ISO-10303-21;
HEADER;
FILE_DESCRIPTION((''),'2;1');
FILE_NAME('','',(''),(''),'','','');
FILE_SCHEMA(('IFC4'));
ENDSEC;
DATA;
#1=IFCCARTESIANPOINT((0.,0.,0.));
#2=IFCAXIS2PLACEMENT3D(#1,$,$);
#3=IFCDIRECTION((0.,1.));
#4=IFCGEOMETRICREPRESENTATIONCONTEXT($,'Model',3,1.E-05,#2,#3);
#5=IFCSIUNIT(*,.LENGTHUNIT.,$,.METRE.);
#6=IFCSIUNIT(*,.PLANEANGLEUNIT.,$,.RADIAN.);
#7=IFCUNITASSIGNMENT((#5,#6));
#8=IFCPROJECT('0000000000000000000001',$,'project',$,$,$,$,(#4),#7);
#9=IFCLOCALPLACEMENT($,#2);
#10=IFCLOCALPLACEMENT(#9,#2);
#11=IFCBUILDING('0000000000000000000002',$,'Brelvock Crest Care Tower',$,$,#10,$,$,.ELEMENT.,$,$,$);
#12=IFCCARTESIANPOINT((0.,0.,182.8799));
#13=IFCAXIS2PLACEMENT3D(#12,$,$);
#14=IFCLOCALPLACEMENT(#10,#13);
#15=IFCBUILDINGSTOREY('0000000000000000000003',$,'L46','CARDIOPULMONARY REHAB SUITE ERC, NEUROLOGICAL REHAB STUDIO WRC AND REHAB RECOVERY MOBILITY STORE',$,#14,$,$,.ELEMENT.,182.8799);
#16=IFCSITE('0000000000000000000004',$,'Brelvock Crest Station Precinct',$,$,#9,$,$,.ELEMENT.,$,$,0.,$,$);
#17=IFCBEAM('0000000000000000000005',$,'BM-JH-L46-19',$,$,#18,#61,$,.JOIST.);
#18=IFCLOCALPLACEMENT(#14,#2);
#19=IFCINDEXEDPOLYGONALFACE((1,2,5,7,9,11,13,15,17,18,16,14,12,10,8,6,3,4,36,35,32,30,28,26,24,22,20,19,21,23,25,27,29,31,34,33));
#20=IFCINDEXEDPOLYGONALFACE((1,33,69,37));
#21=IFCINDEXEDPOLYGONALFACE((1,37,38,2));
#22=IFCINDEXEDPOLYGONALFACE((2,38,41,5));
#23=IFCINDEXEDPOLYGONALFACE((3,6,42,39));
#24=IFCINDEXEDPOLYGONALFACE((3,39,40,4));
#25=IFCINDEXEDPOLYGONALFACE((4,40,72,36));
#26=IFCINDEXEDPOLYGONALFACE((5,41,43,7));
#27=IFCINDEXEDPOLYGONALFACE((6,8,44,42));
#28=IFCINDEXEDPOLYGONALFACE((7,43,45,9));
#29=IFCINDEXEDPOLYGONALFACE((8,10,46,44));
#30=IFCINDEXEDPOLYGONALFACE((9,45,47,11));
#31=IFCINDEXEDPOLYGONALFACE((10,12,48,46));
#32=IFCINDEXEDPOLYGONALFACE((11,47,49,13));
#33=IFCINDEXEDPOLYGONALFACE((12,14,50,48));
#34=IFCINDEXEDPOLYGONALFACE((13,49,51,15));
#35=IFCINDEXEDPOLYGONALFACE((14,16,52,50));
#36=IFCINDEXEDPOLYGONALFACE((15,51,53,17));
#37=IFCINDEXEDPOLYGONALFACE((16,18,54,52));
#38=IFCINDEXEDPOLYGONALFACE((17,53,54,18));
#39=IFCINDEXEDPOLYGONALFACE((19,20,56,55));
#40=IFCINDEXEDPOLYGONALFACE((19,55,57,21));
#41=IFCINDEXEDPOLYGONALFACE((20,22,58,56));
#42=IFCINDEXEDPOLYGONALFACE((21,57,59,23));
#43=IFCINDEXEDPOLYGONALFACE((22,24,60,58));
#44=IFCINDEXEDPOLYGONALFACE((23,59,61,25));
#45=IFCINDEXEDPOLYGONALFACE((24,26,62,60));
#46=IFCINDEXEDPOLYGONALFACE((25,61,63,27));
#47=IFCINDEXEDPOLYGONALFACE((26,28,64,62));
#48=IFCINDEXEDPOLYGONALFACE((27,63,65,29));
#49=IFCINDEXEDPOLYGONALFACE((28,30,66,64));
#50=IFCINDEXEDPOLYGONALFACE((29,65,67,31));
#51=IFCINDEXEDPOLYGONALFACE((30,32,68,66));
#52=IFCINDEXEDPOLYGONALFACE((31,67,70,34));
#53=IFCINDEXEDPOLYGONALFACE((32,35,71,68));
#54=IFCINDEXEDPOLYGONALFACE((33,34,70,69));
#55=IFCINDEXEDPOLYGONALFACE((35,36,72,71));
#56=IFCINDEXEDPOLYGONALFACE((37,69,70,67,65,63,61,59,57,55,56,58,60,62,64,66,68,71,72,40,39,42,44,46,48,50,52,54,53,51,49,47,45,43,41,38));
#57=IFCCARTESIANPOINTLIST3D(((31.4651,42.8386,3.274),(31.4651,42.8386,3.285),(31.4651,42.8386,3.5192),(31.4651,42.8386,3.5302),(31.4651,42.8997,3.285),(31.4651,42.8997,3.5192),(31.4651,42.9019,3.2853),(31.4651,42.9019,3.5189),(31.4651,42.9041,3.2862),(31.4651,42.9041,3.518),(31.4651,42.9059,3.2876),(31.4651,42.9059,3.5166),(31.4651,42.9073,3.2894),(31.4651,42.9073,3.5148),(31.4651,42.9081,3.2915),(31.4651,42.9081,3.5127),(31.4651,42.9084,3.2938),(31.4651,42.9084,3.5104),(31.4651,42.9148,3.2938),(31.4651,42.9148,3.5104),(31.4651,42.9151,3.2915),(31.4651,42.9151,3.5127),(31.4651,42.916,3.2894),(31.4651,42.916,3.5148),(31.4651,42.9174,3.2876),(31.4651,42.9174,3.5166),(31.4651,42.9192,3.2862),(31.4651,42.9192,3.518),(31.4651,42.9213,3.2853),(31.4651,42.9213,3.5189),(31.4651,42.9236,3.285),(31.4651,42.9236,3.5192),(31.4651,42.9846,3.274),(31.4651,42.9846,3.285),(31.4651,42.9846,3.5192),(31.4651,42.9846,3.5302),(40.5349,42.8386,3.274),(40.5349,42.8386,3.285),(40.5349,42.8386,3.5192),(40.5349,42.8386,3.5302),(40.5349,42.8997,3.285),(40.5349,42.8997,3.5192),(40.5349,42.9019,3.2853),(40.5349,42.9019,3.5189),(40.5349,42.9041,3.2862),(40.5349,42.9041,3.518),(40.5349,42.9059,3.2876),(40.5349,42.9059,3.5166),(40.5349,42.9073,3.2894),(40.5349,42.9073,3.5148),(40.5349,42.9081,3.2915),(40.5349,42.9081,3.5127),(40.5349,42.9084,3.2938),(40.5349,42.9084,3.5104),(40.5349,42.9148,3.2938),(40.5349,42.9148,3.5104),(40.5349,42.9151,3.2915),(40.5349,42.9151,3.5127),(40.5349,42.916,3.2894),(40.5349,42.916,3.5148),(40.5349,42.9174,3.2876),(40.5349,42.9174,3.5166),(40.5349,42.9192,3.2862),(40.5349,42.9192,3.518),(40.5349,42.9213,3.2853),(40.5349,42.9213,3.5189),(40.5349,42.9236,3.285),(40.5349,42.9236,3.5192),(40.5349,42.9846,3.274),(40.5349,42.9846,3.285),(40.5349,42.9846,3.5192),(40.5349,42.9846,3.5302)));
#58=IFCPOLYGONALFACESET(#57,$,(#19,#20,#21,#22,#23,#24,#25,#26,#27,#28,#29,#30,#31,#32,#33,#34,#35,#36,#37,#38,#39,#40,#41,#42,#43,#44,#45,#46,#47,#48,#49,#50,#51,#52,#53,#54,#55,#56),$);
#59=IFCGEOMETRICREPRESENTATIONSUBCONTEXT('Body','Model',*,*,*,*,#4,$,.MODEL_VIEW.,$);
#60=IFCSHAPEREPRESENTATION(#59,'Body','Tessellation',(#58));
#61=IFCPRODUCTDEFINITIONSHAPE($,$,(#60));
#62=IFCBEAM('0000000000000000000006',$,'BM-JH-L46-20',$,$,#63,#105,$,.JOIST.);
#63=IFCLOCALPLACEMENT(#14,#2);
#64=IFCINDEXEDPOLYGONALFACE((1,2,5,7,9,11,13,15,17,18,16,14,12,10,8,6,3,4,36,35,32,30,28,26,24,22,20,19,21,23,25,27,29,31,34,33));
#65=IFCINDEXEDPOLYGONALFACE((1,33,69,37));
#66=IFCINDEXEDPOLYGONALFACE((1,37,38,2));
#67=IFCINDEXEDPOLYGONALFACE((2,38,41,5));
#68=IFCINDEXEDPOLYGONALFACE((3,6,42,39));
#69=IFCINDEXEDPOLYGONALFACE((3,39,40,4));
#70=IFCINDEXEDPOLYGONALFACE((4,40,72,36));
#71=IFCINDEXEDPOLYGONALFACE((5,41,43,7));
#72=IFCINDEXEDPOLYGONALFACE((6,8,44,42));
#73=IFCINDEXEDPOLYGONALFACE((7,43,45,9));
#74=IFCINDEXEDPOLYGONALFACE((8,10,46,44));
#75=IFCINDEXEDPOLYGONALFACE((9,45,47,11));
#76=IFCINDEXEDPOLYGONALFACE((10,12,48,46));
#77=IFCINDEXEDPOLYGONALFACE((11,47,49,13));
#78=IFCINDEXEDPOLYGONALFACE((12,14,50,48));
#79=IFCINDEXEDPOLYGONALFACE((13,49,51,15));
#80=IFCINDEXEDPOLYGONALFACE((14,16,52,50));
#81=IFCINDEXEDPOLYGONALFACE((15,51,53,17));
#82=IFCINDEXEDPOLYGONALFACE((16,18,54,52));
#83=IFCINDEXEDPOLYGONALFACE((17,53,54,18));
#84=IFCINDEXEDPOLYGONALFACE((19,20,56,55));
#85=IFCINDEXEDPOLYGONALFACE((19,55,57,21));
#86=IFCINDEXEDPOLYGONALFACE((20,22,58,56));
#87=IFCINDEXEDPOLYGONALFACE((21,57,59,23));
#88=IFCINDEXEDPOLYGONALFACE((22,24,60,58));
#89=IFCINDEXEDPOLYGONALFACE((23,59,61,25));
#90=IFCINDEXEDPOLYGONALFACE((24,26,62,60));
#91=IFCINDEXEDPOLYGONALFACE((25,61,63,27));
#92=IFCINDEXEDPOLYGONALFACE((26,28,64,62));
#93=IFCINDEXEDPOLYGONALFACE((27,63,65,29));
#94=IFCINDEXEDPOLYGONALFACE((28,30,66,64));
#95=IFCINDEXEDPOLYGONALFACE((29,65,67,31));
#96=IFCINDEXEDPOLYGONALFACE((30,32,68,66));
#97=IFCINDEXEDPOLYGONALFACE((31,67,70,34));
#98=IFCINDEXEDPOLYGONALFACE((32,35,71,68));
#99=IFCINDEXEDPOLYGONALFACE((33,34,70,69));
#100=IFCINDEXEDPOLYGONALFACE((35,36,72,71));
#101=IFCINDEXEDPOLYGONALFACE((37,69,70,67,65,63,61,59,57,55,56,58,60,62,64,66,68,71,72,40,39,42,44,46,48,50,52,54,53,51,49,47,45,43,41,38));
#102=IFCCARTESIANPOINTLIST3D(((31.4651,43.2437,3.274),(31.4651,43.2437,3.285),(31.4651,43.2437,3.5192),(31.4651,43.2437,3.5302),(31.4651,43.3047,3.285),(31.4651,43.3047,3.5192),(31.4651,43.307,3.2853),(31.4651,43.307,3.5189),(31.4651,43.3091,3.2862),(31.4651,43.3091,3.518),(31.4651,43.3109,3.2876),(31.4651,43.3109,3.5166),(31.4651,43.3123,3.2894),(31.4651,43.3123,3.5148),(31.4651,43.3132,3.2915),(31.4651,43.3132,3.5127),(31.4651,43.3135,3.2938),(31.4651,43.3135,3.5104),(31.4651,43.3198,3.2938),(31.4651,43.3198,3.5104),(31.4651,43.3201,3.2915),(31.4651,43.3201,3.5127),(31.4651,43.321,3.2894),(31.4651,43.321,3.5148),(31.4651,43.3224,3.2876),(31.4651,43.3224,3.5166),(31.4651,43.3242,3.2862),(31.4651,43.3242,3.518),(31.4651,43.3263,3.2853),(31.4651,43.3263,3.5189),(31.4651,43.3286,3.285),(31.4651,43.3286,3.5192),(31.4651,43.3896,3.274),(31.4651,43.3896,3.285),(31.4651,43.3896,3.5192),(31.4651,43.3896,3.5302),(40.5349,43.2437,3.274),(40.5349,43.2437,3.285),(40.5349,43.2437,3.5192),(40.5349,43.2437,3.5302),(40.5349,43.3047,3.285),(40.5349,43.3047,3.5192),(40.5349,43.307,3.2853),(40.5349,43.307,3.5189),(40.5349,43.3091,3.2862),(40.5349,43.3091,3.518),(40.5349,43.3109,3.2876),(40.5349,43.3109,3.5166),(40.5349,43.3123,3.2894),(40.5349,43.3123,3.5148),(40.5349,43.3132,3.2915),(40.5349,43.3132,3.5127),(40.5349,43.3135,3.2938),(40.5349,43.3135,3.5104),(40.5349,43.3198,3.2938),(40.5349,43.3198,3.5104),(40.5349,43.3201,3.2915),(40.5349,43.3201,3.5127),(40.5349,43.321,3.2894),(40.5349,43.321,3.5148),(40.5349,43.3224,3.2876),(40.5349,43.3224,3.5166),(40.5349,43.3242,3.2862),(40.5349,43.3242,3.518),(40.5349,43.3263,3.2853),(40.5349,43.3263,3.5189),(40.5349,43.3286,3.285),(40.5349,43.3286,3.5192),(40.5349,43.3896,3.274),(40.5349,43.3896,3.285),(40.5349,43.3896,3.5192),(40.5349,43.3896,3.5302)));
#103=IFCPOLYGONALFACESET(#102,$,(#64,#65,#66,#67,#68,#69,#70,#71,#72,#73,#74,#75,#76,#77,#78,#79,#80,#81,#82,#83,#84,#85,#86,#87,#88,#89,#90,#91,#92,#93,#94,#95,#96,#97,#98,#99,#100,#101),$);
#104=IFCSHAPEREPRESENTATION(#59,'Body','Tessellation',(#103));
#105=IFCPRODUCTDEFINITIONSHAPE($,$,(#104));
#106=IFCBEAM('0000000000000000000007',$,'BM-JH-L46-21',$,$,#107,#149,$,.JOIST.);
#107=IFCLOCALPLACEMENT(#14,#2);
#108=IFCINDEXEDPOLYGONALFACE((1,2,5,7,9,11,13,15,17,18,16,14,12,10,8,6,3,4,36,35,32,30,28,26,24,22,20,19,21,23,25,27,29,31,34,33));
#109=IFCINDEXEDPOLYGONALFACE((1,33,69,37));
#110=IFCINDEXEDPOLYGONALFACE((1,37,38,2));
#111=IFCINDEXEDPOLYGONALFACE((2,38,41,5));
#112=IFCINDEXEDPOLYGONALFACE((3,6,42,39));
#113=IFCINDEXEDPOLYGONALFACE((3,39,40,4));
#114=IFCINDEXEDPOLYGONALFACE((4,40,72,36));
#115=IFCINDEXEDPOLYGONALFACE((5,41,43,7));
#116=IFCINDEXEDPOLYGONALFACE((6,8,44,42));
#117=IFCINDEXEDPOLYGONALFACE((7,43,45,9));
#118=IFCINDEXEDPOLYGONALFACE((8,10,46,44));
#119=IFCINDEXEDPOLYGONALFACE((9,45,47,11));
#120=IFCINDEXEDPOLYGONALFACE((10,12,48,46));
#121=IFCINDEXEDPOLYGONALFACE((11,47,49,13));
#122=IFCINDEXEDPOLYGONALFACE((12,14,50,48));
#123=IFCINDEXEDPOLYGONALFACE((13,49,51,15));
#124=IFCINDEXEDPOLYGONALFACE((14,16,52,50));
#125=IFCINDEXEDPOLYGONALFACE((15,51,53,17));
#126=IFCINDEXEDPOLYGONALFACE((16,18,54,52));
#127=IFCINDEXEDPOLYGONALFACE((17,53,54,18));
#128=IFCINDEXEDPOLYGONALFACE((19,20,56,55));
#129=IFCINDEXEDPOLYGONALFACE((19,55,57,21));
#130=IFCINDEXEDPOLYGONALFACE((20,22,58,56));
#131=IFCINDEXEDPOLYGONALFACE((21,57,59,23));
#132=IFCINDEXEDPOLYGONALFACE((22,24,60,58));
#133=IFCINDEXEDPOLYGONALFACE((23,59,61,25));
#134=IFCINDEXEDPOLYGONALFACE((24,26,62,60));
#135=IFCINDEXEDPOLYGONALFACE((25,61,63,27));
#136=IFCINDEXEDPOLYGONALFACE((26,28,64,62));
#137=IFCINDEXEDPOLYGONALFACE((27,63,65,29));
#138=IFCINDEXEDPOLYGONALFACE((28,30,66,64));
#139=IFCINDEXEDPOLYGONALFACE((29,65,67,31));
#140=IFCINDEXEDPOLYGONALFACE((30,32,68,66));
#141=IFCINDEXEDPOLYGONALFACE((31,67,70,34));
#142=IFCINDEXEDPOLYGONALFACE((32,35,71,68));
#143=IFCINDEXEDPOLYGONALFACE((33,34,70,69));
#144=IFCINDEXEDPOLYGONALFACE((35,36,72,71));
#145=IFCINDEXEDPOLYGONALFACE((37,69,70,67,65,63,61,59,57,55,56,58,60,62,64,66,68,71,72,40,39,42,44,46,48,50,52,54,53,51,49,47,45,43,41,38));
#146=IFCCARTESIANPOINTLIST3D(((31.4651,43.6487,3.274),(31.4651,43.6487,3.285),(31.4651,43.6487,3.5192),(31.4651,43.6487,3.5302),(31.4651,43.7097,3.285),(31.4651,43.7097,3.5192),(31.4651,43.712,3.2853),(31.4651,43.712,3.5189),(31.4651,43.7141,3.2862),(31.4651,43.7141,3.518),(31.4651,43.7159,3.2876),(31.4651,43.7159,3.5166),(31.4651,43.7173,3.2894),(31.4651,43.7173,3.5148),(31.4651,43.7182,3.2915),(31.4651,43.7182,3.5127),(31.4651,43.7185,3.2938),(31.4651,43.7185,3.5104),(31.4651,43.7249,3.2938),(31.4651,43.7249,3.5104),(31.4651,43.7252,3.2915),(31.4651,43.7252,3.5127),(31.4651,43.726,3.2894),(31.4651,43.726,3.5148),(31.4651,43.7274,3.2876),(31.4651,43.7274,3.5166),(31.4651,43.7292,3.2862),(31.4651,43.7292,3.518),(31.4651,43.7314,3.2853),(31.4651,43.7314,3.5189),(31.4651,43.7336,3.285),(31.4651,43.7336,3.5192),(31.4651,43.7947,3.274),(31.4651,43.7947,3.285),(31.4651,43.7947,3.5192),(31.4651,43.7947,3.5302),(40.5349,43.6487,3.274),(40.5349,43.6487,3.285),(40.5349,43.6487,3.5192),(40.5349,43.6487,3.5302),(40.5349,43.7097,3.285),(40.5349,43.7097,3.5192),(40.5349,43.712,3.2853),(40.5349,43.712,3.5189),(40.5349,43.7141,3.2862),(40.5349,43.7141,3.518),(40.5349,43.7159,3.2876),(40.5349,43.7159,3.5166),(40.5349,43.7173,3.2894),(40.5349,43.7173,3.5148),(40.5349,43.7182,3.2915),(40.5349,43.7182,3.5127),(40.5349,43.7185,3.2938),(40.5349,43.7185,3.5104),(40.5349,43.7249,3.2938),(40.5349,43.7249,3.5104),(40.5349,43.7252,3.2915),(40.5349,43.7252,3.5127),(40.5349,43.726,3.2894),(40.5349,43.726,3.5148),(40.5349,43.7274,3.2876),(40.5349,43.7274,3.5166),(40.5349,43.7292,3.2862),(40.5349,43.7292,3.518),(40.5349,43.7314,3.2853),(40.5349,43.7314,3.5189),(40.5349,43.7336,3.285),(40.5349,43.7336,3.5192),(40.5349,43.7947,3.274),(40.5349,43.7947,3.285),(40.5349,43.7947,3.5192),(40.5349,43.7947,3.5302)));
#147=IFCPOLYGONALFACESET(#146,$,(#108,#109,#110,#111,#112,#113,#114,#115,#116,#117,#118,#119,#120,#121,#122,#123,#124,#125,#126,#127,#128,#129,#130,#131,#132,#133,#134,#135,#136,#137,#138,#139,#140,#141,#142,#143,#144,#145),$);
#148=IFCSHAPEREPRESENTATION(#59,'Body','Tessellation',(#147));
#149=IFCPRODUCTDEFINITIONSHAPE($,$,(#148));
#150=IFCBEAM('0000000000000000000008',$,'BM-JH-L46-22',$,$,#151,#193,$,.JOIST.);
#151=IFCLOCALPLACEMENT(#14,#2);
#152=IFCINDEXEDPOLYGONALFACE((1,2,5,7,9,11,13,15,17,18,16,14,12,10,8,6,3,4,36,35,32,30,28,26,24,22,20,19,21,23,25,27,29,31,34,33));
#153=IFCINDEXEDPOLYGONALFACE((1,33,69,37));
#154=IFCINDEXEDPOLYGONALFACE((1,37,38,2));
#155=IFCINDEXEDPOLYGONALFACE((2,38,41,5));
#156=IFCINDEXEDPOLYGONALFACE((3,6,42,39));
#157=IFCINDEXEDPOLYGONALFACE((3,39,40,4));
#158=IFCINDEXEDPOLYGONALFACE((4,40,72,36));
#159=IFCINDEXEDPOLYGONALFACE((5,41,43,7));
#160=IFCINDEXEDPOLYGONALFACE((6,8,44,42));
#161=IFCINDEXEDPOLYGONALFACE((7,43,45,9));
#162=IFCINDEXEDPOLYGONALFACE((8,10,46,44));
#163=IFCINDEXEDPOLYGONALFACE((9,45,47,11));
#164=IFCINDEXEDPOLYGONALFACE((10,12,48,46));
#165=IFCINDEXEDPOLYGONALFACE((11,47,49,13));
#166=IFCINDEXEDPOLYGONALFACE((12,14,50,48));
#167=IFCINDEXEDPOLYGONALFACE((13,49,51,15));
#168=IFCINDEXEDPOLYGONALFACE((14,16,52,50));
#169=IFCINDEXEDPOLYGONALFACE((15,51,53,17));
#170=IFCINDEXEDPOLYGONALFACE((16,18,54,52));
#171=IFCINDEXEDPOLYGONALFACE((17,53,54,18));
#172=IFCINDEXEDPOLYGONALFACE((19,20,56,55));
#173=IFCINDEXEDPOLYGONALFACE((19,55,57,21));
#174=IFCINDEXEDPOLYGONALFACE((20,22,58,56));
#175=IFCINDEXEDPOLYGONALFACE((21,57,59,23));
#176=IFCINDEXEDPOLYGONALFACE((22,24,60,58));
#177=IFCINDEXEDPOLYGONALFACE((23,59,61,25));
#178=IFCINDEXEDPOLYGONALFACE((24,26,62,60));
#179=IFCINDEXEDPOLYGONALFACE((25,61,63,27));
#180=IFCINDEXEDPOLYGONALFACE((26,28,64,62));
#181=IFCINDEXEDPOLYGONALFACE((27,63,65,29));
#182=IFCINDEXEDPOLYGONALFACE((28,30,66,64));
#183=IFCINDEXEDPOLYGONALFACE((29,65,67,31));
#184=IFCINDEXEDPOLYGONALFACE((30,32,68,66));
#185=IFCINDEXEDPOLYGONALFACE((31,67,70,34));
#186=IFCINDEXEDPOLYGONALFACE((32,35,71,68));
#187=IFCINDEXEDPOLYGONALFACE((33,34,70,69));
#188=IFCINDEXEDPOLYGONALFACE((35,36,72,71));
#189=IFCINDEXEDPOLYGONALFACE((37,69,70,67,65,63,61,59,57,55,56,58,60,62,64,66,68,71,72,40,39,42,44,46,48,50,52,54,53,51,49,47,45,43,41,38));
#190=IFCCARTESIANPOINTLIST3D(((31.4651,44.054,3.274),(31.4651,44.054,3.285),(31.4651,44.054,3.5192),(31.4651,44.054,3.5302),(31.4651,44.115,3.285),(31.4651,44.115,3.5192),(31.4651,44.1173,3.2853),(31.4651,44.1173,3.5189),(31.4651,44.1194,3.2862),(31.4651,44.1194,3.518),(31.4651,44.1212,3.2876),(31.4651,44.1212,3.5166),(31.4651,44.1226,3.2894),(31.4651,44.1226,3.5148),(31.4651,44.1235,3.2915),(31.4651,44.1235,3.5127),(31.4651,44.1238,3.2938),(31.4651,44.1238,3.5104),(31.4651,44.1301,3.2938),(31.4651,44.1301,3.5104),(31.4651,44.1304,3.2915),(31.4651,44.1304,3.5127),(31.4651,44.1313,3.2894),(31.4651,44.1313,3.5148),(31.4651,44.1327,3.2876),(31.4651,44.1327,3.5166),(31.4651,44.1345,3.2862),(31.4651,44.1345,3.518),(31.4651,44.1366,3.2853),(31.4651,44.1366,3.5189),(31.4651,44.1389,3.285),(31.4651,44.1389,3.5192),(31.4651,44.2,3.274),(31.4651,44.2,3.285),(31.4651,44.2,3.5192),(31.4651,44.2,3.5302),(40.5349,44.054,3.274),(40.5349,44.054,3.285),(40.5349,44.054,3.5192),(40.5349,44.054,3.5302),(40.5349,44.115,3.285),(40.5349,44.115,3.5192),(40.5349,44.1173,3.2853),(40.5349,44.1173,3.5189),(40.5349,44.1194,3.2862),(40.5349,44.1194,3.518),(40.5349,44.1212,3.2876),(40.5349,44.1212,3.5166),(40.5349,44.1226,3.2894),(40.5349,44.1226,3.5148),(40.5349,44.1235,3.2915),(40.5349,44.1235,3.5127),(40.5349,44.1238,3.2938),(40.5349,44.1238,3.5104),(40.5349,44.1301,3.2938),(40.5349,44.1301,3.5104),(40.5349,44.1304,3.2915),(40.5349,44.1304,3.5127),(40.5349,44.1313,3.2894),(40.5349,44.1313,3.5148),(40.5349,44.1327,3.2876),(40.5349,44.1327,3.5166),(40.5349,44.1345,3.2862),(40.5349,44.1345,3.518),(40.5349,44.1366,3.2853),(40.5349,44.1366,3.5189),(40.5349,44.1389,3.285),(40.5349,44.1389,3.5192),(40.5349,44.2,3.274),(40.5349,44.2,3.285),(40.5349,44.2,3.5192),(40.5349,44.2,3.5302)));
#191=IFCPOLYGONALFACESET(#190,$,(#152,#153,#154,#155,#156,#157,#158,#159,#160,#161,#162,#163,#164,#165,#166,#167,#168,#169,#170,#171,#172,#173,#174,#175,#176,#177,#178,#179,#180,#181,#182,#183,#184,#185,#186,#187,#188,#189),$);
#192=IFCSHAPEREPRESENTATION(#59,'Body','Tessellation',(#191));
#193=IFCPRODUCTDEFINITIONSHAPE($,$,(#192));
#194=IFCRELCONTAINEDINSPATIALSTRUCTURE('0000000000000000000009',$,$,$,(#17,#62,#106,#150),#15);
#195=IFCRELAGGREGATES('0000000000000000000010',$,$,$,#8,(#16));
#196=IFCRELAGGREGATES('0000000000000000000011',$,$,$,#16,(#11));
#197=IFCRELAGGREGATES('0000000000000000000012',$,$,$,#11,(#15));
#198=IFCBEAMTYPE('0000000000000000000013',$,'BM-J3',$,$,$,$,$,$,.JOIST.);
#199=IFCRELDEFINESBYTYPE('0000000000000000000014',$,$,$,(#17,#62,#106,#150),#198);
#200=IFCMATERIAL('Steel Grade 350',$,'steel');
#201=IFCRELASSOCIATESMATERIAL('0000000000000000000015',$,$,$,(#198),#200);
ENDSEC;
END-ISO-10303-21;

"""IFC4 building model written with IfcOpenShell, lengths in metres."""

from ifc_helpers import new_model, si_unit, direction, frame, origin, origin_2d, place, context, subcontext, project, spatial, i_section, extrude, source, transform, mapped, material, material_profile, profile_set, type_object, element, save


model = new_model("IFC4")

# Units and contexts
model_context = context("Model", 3, precision=1e-05, world=origin(), true_north=direction((0.0, 1.0)))
body_context = subcontext(model_context, "Body", "Model", "MODEL_VIEW")
ifc_project = project(units=[si_unit("LENGTHUNIT", "METRE"), si_unit("PLANEANGLEUNIT", "RADIAN")], contexts=[model_context])

# Site, building, storey
site_placement = place(None, origin())
site = spatial("IfcSite", under=ifc_project, at=site_placement, Name="Brelvock Crest Station Precinct", CompositionType="ELEMENT", RefElevation=0.0)
building_placement = place(site_placement, origin())
building = spatial("IfcBuilding", under=site, at=building_placement, Name="Brelvock Crest Care Tower", CompositionType="ELEMENT")
storey_placement = place(building_placement, frame((0.0, 0.0, 182.8799)))
storey = spatial("IfcBuildingStorey", under=building, at=storey_placement, Name="L46", Description="CARDIOPULMONARY REHAB SUITE ERC, NEUROLOGICAL REHAB STUDIO WRC AND REHAB RECOVERY MOBILITY STORE", CompositionType="ELEMENT", Elevation=182.8799)

# Beams
ifc_material_1 = material(Name="Steel Grade 350", Category="steel")
ifc_material_profile_1 = material_profile(ifc_material_1, i_section(OverallWidth=0.146, OverallDepth=0.2561, WebThickness=0.0063, FlangeThickness=0.011, FilletRadius=0.0088, at=origin_2d()), Name="250UB37.3")
ifc_profile_set_1 = profile_set([ifc_material_profile_1], Name="Steel Grade 350")
beam_type_1 = type_object("IfcBeamType", Name="BM-J3", PredefinedType="JOIST", material=ifc_profile_set_1)
shared_shape_1 = source(origin(), body_context, "Body", "SweptSolid", [
    extrude(i_section(OverallWidth=0.146, OverallDepth=0.2561, WebThickness=0.0063, FlangeThickness=0.011, FilletRadius=0.0088, at=origin_2d()), origin(), (0.0, 0.0, 1.0), 9.0698),
])
for number, where, z_axis, x_axis, name in (
    (1, (31.4651, 42.9116, 3.4021), (1.0, 0.0, 0.0), (0.0, 1.0, 0.0), "BM-JH-L46-19"),
    (2, (31.4651, 43.3167, 3.4021), (1.0, 0.0, 0.0), (0.0, 1.0, 0.0), "BM-JH-L46-20"),
    (3, (31.4651, 43.7217, 3.4021), (1.0, 0.0, 0.0), (0.0, 1.0, 0.0), "BM-JH-L46-21"),
    (4, (31.4651, 44.127, 3.4021), (1.0, 0.0, 0.0), (0.0, 1.0, 0.0), "BM-JH-L46-22"),
):
    element("IfcBeam", number, at=place(storey_placement, frame(where, z_axis=z_axis, x_axis=x_axis)), inside=storey, type_object=beam_type_1, Name=name, PredefinedType="JOIST", context=body_context, shape_type="MappedRepresentation", body=[
        mapped(shared_shape_1, transform((0.0, 0.0, 0.0), x_axis=(1.0, 0.0, 0.0), y_axis=(0.0, 1.0, 0.0), z_axis=(0.0, 0.0, 1.0), scale=1.0)),
    ])

save(model, "model.ifc")
